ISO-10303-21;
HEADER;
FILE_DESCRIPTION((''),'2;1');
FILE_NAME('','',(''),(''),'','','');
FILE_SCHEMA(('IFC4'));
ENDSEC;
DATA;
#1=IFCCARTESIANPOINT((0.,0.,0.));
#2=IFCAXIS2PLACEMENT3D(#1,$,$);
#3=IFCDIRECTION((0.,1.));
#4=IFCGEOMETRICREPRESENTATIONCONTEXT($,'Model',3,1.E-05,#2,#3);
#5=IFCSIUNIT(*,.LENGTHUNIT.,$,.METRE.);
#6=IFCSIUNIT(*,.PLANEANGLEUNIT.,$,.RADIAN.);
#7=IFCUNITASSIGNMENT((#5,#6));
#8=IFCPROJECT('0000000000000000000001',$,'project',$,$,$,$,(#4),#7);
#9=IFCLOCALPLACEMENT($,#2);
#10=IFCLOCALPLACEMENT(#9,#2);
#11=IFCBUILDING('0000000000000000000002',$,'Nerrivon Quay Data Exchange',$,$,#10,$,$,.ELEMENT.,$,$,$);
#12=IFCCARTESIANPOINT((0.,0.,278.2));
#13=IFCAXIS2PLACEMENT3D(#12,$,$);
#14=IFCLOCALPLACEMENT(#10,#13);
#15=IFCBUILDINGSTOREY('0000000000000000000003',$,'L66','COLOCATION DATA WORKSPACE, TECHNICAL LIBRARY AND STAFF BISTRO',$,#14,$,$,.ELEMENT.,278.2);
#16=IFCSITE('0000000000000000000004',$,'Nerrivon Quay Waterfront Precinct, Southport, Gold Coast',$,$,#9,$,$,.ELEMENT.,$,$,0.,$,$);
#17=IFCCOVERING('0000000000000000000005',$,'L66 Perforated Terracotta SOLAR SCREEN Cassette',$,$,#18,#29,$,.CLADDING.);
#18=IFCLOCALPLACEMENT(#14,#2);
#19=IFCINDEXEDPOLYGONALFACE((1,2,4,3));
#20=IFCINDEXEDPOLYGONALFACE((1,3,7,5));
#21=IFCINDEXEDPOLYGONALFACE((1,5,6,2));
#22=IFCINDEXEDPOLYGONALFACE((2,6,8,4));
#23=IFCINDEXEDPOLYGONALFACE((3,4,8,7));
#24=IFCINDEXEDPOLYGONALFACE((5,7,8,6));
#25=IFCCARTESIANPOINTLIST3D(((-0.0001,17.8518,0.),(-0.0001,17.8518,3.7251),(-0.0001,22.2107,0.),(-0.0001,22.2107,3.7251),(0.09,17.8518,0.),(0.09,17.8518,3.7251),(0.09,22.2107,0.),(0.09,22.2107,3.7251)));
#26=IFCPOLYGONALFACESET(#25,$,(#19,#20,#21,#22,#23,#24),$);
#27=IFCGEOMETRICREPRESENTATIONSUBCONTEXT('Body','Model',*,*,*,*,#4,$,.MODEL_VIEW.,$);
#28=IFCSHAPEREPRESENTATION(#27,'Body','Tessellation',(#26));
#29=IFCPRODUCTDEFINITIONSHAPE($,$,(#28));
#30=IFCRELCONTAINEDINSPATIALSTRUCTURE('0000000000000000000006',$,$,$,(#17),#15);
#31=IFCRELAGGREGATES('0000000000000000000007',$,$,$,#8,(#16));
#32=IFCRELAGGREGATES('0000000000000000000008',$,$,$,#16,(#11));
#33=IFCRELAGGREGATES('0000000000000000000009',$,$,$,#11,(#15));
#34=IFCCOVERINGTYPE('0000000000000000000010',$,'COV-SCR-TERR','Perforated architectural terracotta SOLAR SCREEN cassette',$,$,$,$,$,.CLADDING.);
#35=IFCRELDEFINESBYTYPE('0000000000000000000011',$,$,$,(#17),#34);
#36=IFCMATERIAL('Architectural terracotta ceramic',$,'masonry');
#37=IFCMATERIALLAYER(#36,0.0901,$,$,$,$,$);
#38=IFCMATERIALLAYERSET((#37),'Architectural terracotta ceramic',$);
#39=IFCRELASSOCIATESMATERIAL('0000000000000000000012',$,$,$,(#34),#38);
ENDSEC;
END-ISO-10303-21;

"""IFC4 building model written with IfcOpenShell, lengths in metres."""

from ifc_helpers import new_model, si_unit, direction, frame, origin, origin_2d, place, context, subcontext, project, spatial, rectangle, extrude, material, layer, layer_set, type_object, element, save


model = new_model("IFC4")

# Units and contexts
model_context = context("Model", 3, precision=1e-05, world=origin(), true_north=direction((0.0, 1.0)))
body_context = subcontext(model_context, "Body", "Model", "MODEL_VIEW")
ifc_project = project(units=[si_unit("LENGTHUNIT", "METRE"), si_unit("PLANEANGLEUNIT", "RADIAN")], contexts=[model_context])

# Site, building, storey
site_placement = place(None, origin())
site = spatial("IfcSite", under=ifc_project, at=site_placement, Name="Nerrivon Quay Waterfront Precinct, Southport, Gold Coast", CompositionType="ELEMENT", RefElevation=0.0)
building_placement = place(site_placement, origin())
building = spatial("IfcBuilding", under=site, at=building_placement, Name="Nerrivon Quay Data Exchange", CompositionType="ELEMENT")
storey_placement = place(building_placement, frame((0.0, 0.0, 278.2)))
storey = spatial("IfcBuildingStorey", under=building, at=storey_placement, Name="L66", Description="COLOCATION DATA WORKSPACE, TECHNICAL LIBRARY AND STAFF BISTRO", CompositionType="ELEMENT", Elevation=278.2)

# Covering
ifc_material_1 = material(Name="Architectural terracotta ceramic", Category="masonry")
ifc_layer_1 = layer(ifc_material_1, 0.0901)
ifc_layer_set_1 = layer_set([ifc_layer_1], Name="Architectural terracotta ceramic")
covering_type = type_object("IfcCoveringType", Name="COV-SCR-TERR", Description="Perforated architectural terracotta SOLAR SCREEN cassette", PredefinedType="CLADDING", material=ifc_layer_set_1)
covering_placement = place(storey_placement, frame((0.0449, 20.0312, 0.0), z_axis=(0.0, 0.0, 1.0), x_axis=(0.0, 1.0, 0.0)))
element("IfcCovering", 1, at=covering_placement, inside=storey, type_object=covering_type, Name="L66 Perforated Terracotta SOLAR SCREEN Cassette", PredefinedType="CLADDING", context=body_context, shape_type="SweptSolid", body=[
    extrude(rectangle(XDim=4.3589, YDim=0.0901, at=origin_2d()), origin(), (0.0, 0.0, 1.0), 3.7251),
])

save(model, "model.ifc")
